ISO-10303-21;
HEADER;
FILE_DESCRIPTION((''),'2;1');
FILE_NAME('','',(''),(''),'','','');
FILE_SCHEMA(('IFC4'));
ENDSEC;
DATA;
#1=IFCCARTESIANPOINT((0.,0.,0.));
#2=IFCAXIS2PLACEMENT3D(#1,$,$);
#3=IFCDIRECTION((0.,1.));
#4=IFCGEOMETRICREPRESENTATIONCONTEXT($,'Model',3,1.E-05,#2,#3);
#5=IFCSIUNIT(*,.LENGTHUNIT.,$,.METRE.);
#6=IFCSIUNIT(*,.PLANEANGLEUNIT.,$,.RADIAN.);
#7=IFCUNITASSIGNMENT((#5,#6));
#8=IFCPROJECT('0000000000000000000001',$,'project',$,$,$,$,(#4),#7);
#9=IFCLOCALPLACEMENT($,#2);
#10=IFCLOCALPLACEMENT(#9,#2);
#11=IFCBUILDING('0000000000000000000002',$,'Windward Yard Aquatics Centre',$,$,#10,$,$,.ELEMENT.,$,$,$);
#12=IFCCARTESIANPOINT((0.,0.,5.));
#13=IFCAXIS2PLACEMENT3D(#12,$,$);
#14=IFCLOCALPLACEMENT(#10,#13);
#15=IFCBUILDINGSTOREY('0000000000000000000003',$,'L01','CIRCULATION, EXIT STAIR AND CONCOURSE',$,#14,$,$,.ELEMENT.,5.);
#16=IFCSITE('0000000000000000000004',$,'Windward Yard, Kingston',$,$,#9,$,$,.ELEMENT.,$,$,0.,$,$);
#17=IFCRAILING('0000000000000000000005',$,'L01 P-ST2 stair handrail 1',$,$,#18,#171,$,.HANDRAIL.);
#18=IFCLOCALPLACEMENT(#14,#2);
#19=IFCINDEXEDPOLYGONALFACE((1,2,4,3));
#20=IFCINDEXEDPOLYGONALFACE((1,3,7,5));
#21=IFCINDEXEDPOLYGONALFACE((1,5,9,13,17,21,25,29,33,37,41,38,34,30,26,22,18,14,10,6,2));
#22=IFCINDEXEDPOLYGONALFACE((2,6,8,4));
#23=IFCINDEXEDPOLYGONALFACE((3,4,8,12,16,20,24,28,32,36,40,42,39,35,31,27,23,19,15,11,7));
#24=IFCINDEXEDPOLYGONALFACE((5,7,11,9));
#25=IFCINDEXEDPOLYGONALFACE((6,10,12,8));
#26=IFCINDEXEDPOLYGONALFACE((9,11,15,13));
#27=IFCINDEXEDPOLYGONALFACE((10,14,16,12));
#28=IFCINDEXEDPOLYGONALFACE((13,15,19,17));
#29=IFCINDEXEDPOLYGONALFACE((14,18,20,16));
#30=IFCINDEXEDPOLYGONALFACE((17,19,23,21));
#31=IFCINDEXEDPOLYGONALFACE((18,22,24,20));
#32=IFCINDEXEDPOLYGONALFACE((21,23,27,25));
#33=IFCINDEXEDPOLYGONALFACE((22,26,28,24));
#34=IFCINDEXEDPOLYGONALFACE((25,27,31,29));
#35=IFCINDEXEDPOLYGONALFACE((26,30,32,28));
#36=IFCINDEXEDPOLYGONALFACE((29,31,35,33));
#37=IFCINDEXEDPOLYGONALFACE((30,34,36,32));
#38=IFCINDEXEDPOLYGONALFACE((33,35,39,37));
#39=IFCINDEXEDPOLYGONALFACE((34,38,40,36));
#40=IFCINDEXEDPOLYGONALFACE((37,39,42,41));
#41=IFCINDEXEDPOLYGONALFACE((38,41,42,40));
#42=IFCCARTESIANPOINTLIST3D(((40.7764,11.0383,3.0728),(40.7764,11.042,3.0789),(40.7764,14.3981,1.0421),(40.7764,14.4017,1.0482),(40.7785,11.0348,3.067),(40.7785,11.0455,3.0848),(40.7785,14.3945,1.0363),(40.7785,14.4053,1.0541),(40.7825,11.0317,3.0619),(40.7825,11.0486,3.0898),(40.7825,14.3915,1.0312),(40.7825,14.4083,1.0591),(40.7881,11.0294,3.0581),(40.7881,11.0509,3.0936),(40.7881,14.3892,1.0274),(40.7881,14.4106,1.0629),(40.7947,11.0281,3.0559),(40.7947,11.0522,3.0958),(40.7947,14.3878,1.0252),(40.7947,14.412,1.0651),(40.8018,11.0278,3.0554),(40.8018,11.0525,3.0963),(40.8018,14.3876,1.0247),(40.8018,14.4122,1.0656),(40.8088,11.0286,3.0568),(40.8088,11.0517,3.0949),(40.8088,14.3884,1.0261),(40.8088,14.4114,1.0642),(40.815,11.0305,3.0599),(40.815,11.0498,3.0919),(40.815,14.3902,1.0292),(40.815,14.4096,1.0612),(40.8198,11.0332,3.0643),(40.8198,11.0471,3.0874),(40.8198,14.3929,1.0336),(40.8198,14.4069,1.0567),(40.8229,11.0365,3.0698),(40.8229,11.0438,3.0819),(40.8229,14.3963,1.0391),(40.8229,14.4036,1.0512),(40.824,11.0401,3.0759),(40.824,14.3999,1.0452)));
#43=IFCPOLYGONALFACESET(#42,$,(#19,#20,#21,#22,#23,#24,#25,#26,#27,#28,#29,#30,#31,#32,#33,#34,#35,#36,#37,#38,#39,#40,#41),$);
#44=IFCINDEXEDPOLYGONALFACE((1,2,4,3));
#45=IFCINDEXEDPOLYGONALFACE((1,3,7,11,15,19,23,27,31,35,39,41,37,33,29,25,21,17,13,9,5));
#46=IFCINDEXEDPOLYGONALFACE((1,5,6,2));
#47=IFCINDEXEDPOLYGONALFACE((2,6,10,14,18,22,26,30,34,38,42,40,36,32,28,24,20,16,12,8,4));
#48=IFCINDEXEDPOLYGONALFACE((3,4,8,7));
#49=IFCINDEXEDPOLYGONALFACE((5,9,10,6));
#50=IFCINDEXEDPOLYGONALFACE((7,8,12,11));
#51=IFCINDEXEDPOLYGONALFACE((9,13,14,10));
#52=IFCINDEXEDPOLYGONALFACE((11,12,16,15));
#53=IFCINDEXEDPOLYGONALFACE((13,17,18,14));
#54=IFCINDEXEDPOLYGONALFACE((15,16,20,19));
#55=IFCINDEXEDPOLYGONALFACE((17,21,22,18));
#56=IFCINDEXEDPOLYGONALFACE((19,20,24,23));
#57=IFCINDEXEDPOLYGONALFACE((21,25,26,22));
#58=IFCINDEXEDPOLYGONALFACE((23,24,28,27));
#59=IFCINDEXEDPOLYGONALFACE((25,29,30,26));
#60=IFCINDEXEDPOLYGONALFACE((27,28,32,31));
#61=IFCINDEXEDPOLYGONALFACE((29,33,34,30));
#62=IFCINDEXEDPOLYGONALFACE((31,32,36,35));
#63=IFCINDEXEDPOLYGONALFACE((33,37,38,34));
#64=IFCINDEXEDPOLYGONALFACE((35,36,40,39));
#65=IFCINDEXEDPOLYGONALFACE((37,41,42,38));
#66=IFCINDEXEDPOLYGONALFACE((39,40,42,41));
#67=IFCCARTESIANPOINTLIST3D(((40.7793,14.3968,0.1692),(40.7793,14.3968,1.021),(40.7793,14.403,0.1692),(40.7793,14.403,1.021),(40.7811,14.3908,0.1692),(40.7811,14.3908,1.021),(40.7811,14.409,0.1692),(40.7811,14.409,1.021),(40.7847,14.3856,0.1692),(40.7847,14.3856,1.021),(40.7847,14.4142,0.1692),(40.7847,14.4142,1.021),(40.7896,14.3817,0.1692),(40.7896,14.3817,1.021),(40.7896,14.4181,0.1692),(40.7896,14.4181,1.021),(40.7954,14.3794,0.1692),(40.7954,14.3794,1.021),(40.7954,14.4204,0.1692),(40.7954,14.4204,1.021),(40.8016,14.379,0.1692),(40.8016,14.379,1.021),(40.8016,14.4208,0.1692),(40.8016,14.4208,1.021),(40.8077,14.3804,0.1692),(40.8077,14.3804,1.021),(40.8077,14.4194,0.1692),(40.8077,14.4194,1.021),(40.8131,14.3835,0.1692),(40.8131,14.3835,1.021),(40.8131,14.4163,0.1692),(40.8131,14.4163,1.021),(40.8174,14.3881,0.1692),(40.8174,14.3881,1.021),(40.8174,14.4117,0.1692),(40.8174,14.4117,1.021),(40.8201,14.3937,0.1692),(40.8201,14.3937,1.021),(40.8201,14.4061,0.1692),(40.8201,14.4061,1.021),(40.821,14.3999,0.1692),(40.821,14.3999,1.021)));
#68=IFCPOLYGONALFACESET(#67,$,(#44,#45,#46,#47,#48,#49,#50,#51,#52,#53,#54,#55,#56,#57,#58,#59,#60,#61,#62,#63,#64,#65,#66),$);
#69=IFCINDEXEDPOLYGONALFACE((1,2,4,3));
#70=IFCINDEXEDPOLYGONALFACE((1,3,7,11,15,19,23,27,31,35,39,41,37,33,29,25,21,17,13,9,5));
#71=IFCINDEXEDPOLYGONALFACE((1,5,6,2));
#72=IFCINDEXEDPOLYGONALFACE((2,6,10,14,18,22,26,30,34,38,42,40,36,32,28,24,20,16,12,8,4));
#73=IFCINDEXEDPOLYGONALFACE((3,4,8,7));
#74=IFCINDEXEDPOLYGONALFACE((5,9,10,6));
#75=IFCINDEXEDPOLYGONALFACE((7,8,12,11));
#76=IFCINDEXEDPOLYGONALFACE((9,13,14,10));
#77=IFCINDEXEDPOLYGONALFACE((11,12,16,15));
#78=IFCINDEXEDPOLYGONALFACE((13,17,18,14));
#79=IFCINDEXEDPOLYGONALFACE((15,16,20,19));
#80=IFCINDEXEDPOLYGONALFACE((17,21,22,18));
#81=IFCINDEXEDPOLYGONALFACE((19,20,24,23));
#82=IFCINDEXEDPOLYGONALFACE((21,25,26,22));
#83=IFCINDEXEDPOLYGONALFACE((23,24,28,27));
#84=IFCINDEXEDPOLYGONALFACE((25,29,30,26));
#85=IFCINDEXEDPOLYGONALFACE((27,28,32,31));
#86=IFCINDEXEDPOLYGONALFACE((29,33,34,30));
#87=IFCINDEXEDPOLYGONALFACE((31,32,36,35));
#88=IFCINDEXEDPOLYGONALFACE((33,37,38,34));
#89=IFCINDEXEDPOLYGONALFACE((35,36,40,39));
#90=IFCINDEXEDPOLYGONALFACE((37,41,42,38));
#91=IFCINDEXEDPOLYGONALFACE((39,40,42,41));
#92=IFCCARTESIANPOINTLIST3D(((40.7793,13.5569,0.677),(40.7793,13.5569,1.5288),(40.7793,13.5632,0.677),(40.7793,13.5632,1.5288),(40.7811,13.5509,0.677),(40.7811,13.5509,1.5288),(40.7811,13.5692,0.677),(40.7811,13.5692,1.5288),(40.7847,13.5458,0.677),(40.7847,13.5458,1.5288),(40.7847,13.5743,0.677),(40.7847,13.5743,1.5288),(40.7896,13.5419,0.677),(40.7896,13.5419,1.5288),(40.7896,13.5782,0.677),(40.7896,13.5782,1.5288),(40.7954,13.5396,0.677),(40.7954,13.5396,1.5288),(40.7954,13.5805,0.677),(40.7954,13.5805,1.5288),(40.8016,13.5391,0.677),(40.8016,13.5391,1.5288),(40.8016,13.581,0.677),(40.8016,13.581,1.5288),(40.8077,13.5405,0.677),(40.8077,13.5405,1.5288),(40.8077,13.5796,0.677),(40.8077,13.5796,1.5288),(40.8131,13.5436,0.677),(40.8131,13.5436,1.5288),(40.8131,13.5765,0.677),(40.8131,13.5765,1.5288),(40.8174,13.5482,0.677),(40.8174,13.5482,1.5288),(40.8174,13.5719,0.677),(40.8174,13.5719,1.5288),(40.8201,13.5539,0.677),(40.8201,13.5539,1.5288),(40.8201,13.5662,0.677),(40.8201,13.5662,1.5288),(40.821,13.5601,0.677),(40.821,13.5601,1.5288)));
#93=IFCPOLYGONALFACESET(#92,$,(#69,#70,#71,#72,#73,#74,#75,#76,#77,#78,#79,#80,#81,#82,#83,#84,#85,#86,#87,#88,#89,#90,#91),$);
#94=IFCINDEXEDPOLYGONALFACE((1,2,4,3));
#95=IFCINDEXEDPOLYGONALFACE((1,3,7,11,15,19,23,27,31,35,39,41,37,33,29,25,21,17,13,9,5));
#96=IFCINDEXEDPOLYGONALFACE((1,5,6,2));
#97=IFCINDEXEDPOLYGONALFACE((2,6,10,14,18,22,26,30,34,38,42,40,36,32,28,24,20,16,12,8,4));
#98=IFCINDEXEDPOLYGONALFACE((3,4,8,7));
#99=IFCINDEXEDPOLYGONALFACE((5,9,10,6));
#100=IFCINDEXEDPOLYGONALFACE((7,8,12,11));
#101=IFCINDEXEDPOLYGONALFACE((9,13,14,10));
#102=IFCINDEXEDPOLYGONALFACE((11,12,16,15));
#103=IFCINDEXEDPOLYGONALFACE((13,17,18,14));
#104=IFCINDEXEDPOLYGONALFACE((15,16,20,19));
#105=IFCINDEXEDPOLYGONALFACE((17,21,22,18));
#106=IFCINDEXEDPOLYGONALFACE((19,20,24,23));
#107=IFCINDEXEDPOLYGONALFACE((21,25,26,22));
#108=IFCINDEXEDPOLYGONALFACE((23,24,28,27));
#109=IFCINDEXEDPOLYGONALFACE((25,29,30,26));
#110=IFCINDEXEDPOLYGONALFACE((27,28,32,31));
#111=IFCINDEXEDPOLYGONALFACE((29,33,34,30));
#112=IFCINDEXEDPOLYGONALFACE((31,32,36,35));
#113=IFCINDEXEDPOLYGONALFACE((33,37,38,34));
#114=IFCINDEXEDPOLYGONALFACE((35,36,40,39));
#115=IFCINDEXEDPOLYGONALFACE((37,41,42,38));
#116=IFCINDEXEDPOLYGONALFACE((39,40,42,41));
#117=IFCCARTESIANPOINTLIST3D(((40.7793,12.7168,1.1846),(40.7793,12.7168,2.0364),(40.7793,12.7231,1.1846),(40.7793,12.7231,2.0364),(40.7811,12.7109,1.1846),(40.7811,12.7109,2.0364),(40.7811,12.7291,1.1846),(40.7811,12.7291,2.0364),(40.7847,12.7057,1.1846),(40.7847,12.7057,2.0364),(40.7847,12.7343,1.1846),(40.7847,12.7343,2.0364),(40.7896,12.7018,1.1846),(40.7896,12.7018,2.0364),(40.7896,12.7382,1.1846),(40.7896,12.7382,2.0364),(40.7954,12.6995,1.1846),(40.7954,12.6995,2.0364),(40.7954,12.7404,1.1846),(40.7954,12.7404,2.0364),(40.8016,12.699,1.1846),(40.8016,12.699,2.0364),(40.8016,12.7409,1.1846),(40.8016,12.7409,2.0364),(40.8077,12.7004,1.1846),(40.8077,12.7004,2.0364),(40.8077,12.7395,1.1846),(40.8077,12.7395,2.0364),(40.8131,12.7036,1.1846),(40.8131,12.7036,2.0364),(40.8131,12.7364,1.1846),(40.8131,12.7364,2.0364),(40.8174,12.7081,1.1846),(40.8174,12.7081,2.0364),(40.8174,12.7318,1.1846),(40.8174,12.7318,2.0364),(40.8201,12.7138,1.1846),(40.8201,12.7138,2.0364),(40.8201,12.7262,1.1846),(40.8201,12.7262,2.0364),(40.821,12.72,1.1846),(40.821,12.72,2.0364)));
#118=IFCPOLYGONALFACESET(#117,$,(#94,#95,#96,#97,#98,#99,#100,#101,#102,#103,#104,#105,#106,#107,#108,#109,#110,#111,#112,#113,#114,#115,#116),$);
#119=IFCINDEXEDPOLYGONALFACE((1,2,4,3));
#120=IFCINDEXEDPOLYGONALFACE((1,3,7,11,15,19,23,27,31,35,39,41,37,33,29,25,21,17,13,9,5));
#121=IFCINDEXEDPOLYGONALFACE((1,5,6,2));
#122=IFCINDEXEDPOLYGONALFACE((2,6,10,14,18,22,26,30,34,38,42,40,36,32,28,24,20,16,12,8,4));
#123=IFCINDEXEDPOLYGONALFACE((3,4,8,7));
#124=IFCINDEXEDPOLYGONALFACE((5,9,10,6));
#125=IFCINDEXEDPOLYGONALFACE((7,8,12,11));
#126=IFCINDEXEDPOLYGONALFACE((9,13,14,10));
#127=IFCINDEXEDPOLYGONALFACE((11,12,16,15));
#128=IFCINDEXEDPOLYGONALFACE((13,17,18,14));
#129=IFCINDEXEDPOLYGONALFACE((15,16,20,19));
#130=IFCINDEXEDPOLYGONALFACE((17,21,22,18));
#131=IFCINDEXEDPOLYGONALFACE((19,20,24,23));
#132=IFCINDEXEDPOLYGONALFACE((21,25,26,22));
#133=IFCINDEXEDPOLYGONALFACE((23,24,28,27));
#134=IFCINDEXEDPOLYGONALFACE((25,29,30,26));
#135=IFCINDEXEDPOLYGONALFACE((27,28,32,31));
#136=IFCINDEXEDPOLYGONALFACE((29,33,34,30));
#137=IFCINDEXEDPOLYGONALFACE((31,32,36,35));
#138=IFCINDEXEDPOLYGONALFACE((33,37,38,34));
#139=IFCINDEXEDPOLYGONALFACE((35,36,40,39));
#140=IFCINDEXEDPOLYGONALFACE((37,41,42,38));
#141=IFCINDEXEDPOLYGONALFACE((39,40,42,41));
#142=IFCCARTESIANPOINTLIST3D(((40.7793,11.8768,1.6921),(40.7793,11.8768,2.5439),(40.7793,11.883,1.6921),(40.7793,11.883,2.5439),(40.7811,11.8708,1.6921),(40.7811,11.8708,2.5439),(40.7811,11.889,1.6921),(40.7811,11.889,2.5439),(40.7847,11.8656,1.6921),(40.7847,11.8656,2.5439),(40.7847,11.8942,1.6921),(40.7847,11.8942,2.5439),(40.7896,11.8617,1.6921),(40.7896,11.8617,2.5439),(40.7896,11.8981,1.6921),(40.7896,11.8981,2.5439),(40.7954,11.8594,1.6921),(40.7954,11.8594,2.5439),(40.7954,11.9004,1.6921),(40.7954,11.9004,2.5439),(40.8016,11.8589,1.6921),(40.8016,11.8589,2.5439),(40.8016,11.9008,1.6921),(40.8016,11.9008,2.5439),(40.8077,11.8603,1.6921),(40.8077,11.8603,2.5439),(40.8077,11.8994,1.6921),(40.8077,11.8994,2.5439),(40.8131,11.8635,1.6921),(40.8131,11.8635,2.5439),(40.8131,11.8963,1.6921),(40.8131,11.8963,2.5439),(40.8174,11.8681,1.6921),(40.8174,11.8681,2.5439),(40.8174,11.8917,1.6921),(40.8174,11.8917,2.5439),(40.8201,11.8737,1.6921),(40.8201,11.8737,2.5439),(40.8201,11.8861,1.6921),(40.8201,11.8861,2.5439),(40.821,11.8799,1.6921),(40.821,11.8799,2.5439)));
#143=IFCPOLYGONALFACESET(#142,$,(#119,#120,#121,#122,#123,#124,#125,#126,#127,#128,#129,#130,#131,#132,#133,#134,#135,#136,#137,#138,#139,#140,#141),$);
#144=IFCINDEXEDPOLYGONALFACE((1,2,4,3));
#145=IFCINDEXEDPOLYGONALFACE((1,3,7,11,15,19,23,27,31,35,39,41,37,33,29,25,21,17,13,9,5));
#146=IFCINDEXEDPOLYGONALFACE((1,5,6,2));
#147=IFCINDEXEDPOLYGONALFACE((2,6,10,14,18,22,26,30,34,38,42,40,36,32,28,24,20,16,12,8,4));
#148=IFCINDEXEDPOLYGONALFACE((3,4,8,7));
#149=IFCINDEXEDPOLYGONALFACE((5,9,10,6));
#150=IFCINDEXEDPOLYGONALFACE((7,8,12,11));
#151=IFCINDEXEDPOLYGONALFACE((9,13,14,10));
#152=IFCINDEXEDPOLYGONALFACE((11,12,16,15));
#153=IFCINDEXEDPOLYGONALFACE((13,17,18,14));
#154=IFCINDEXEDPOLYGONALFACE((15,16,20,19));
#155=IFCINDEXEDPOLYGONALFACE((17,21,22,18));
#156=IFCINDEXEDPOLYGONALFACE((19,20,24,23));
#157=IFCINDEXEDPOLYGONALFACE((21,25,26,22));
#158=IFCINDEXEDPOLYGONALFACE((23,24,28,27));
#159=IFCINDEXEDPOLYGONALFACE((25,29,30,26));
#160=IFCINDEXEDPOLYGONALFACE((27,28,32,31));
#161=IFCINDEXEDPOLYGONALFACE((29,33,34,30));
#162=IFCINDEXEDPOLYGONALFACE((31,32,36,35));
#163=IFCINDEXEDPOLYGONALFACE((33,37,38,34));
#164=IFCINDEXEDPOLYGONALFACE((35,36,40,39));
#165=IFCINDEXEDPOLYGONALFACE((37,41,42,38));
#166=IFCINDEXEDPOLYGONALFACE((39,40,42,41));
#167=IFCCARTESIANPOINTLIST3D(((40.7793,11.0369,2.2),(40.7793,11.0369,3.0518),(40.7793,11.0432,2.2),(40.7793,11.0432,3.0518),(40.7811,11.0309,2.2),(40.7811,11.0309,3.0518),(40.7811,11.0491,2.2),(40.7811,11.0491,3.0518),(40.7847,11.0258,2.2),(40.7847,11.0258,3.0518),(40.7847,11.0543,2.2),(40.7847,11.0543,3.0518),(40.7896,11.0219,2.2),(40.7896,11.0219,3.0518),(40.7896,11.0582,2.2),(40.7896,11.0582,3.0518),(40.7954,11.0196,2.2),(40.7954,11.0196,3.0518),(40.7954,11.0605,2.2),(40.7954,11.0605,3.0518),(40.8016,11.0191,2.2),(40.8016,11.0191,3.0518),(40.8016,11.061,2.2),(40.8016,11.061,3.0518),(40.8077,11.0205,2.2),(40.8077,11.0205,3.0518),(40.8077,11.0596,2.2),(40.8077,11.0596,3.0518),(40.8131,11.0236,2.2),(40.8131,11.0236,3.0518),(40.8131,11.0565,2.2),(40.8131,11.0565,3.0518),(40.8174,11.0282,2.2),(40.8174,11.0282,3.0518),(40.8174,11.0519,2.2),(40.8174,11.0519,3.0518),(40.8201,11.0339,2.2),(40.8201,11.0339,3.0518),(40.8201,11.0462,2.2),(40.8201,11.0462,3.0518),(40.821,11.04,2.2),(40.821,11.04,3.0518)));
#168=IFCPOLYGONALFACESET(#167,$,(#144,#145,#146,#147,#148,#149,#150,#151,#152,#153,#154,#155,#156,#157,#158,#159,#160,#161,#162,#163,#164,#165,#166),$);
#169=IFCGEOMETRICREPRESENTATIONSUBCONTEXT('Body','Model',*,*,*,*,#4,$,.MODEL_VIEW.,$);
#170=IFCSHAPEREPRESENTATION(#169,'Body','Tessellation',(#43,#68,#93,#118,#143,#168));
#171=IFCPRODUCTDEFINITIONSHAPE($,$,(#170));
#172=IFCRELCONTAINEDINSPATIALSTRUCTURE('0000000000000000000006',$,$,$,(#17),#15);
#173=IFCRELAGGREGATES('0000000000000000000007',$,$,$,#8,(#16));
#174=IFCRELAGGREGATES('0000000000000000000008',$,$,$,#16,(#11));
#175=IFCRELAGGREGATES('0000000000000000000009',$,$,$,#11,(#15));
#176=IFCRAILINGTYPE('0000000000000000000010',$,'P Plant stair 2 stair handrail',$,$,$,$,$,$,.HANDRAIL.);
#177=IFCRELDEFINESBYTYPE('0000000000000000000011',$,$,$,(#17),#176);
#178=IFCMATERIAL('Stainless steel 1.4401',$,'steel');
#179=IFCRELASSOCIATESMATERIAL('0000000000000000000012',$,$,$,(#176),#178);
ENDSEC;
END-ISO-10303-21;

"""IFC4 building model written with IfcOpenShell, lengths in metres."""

from ifc_helpers import new_model, si_unit, direction, frame, origin, origin_2d, place, context, subcontext, project, spatial, circle, extrude, material, type_object, element, save


model = new_model("IFC4")

# Units and contexts
model_context = context("Model", 3, precision=1e-05, world=origin(), true_north=direction((0.0, 1.0)))
body_context = subcontext(model_context, "Body", "Model", "MODEL_VIEW")
ifc_project = project(units=[si_unit("LENGTHUNIT", "METRE"), si_unit("PLANEANGLEUNIT", "RADIAN")], contexts=[model_context])

# Site, building, storey
site_placement = place(None, origin())
site = spatial("IfcSite", under=ifc_project, at=site_placement, Name="Windward Yard, Kingston", CompositionType="ELEMENT", RefElevation=0.0)
building_placement = place(site_placement, origin())
building = spatial("IfcBuilding", under=site, at=building_placement, Name="Windward Yard Aquatics Centre", CompositionType="ELEMENT")
storey_placement = place(building_placement, frame((0.0, 0.0, 5.0)))
storey = spatial("IfcBuildingStorey", under=building, at=storey_placement, Name="L01", Description="CIRCULATION, EXIT STAIR AND CONCOURSE", CompositionType="ELEMENT", Elevation=5.0)

# Railing
ifc_material_1 = material(Name="Stainless steel 1.4401", Category="steel")
railing_type_1 = type_object("IfcRailingType", Name="P Plant stair 2 stair handrail", PredefinedType="HANDRAIL", material=ifc_material_1)
railing_1_placement = place(storey_placement, frame((40.8, 14.3999, 0.1692)))
element("IfcRailing", 1, at=railing_1_placement, inside=storey, type_object=railing_type_1, Name="L01 P-ST2 stair handrail 1", PredefinedType="HANDRAIL", context=body_context, shape_type="SweptSolid", body=[
    extrude(circle(Radius=0.0239, at=origin_2d()), frame((0.0, 0.0, 0.876), z_axis=(0.0, -0.85582, 0.517273), x_axis=(1.0, 0.0, 0.0)), (0.0, 0.0, 1.0), 3.9258),
    extrude(circle(Radius=0.021, at=origin_2d()), origin(), (0.0, 0.0, 1.0), 0.8518),
    extrude(circle(Radius=0.021, at=origin_2d()), frame((0.0, -0.8398, 0.5078)), (0.0, 0.0, 1.0), 0.8518),
    extrude(circle(Radius=0.021, at=origin_2d()), frame((0.0, -1.6799, 1.0154)), (0.0, 0.0, 1.0), 0.8518),
    extrude(circle(Radius=0.021, at=origin_2d()), frame((0.0, -2.52, 1.5229)), (0.0, 0.0, 1.0), 0.8518),
    extrude(circle(Radius=0.021, at=origin_2d()), frame((0.0, -3.3599, 2.0308)), (0.0, 0.0, 1.0), 0.8518),
])

save(model, "model.ifc")
